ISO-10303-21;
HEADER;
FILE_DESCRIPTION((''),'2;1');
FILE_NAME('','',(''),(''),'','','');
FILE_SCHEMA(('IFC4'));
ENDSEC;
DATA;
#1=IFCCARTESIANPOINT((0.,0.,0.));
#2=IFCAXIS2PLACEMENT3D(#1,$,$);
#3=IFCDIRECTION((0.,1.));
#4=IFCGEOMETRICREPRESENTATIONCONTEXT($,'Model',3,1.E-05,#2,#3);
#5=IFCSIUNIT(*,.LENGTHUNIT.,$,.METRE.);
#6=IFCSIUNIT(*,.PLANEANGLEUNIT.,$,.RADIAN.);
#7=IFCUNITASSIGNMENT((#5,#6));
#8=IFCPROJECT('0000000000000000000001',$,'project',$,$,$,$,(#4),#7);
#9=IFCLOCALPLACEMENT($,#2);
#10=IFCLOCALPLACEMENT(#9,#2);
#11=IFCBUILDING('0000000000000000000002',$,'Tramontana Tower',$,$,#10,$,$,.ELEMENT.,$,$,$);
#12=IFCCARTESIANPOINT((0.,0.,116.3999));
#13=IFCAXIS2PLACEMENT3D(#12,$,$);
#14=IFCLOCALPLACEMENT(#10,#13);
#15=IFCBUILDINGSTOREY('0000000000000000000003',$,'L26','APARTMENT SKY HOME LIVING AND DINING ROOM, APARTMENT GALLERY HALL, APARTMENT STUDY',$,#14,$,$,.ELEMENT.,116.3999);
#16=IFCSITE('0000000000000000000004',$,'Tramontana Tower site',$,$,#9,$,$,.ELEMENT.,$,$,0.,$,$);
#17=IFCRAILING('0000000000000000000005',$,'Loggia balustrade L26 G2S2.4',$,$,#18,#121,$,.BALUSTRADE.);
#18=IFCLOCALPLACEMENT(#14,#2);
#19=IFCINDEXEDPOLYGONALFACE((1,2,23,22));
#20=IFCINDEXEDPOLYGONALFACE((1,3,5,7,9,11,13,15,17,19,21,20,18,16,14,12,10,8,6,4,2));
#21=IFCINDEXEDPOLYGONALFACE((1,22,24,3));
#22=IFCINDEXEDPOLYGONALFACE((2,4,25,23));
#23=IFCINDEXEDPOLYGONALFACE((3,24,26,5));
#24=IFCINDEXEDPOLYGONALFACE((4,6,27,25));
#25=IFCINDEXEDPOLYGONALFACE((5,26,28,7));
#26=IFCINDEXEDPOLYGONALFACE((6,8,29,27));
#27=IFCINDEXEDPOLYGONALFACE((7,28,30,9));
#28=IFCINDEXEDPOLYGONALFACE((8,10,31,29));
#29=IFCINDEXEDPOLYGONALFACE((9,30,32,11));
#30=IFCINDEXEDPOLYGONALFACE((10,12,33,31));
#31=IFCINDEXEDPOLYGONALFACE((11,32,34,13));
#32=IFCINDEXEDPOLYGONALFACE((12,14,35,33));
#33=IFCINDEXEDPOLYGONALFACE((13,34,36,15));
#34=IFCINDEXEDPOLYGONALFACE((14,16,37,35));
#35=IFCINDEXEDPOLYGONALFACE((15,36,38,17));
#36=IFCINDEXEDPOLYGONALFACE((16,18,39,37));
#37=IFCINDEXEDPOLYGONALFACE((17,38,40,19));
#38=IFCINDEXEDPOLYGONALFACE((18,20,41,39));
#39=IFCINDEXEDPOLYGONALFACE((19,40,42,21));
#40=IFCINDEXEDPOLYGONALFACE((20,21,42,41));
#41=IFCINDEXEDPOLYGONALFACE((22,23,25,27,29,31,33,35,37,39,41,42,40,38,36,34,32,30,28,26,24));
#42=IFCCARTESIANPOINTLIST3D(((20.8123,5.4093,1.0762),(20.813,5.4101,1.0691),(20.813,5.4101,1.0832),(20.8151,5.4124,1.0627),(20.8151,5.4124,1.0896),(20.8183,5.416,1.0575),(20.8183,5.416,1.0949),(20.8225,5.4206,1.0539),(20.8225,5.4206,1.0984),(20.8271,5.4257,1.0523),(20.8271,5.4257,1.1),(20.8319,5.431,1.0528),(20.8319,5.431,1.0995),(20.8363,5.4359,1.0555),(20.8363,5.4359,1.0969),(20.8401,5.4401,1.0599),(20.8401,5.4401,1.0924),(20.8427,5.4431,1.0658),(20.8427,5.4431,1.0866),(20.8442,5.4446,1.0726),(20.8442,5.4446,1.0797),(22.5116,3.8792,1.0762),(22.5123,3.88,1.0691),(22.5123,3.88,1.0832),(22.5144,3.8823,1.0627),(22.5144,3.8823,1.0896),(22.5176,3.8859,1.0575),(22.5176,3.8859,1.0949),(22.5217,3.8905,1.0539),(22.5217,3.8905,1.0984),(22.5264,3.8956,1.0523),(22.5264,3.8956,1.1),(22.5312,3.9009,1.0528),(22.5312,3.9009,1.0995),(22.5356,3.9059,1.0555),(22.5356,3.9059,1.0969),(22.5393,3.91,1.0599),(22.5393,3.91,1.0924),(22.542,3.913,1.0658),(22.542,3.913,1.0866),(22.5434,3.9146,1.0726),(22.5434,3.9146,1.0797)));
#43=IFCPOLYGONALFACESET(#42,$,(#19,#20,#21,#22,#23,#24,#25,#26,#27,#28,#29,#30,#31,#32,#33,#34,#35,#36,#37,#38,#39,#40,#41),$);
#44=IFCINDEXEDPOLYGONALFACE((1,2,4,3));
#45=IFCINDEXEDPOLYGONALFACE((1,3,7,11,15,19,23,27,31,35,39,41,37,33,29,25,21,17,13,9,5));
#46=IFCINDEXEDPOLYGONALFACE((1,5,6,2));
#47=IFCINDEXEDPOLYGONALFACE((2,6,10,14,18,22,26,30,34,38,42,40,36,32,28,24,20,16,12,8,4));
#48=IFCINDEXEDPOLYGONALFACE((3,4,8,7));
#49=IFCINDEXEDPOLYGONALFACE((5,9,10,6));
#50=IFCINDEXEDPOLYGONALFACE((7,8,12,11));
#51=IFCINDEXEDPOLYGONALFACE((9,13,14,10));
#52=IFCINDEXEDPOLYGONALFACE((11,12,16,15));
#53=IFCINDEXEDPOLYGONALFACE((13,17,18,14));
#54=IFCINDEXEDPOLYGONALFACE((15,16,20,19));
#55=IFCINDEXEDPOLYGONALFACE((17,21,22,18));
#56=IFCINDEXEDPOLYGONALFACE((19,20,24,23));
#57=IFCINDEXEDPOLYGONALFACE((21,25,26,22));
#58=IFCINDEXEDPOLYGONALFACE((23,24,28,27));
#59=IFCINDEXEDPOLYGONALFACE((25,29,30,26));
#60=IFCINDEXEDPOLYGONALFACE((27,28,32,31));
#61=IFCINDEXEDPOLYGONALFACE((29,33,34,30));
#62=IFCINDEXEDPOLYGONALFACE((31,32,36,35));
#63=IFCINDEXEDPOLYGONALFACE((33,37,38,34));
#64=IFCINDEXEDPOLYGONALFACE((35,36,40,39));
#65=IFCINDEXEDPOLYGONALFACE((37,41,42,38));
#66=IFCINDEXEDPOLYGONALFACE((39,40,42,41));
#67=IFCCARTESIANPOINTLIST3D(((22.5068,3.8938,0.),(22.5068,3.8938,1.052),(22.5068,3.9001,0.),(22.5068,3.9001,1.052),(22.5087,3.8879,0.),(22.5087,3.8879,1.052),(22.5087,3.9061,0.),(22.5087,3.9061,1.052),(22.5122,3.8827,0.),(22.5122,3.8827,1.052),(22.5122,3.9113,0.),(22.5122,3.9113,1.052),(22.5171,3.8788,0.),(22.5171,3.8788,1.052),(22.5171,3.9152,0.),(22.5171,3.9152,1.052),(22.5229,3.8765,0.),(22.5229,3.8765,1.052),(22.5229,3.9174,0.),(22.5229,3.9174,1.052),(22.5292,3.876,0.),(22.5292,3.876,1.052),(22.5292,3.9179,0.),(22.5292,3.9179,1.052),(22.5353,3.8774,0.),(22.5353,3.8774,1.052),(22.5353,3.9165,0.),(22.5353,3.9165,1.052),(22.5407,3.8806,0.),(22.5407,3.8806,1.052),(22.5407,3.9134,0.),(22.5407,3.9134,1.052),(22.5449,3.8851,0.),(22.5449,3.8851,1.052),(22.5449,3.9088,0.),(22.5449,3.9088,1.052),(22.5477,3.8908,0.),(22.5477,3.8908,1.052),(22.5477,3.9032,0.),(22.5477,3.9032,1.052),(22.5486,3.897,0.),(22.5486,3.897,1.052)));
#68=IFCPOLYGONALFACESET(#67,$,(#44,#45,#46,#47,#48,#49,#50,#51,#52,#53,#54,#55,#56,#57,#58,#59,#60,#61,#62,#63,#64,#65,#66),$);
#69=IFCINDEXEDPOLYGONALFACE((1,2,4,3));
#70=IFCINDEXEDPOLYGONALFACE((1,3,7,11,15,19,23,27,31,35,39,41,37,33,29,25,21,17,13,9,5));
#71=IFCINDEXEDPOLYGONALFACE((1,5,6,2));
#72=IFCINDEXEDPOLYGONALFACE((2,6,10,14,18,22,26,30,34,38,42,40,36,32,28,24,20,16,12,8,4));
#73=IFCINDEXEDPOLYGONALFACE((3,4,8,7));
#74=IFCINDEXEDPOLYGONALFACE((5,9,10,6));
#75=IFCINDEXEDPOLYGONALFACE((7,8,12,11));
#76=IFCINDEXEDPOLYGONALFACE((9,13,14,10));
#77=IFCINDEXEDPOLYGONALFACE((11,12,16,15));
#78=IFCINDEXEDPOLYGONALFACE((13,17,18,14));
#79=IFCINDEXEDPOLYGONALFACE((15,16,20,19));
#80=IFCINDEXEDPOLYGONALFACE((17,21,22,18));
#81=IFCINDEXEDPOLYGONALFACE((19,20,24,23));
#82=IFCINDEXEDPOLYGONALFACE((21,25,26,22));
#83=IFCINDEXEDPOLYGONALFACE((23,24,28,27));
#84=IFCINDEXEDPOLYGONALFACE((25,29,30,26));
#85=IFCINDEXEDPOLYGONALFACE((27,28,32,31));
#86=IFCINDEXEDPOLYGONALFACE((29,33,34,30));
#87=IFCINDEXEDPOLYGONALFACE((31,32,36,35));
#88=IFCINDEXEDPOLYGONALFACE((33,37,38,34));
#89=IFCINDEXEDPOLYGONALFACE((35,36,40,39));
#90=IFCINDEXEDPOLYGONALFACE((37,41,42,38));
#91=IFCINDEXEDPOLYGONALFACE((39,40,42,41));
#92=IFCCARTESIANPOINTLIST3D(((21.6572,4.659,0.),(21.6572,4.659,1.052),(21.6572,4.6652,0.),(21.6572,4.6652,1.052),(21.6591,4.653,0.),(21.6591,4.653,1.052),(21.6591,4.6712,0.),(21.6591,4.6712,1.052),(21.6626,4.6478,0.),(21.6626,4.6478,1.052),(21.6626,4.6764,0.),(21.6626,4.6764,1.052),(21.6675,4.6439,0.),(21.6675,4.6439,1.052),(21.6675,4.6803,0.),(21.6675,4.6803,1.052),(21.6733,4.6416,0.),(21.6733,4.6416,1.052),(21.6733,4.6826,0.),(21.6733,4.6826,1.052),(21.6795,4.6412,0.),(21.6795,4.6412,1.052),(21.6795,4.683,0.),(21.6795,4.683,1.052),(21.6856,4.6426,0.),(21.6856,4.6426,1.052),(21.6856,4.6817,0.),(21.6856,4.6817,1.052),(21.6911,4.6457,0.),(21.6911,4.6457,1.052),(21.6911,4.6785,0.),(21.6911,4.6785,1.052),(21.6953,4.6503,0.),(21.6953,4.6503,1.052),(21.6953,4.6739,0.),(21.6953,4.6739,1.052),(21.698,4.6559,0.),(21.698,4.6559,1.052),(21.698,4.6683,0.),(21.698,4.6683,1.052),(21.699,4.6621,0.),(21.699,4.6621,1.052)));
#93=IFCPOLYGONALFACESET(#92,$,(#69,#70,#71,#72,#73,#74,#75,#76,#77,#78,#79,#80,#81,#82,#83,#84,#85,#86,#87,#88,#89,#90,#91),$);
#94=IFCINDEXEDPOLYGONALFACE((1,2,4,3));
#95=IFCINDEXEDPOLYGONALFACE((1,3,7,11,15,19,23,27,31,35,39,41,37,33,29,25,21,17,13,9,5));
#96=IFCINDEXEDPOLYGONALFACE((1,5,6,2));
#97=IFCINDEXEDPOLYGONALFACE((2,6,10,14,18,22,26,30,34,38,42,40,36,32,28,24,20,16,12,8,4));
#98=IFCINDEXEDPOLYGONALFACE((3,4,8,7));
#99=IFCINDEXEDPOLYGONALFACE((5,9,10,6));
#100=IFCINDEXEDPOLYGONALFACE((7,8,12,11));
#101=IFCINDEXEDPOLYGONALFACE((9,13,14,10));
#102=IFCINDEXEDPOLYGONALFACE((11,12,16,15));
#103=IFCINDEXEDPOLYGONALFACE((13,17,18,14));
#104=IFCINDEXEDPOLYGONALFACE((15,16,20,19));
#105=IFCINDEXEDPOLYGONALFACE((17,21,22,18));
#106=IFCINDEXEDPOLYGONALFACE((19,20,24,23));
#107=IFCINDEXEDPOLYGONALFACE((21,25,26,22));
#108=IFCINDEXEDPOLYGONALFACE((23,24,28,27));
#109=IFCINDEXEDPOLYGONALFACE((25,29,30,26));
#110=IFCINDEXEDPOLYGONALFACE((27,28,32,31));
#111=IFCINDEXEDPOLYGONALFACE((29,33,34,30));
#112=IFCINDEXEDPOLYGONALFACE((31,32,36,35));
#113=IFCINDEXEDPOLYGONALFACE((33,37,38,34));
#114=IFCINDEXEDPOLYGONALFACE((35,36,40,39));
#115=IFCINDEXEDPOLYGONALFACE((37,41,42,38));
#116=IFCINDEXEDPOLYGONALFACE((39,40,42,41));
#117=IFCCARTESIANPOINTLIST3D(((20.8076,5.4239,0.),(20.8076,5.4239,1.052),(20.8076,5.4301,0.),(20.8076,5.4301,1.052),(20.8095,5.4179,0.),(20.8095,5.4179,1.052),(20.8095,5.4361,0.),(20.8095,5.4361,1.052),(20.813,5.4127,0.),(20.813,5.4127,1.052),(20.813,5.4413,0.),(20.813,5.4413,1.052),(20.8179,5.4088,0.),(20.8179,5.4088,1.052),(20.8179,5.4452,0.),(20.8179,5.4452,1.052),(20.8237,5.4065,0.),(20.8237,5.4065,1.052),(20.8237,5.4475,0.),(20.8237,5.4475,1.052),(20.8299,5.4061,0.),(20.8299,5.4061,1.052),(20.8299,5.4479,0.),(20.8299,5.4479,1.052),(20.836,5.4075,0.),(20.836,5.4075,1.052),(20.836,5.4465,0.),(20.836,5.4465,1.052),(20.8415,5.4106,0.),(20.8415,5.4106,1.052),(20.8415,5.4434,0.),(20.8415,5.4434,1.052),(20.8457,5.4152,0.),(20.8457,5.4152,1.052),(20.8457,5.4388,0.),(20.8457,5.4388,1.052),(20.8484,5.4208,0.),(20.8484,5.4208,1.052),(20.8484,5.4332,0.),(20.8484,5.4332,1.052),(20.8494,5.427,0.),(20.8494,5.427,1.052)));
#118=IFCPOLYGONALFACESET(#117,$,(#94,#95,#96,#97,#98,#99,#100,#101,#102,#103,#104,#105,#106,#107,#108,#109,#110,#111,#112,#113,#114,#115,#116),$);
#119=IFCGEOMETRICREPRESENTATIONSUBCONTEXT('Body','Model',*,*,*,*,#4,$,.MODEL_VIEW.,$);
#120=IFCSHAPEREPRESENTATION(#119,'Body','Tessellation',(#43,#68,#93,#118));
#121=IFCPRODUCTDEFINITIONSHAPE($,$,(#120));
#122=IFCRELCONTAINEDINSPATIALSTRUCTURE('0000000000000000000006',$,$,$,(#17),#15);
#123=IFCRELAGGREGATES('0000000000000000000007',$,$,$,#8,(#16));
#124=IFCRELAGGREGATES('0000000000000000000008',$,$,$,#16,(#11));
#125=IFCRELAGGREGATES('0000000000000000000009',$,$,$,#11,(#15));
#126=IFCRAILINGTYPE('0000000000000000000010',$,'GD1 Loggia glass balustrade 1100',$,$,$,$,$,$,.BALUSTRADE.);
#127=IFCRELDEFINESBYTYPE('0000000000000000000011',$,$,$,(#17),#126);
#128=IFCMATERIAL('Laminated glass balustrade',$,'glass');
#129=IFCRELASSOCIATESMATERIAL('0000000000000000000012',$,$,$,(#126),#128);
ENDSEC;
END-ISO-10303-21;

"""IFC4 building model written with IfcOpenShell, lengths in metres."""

from ifc_helpers import new_model, si_unit, direction, frame, origin, origin_2d, place, context, subcontext, project, spatial, circle, extrude, material, type_object, element, save


model = new_model("IFC4")

# Units and contexts
model_context = context("Model", 3, precision=1e-05, world=origin(), true_north=direction((0.0, 1.0)))
body_context = subcontext(model_context, "Body", "Model", "MODEL_VIEW")
ifc_project = project(units=[si_unit("LENGTHUNIT", "METRE"), si_unit("PLANEANGLEUNIT", "RADIAN")], contexts=[model_context])

# Site, building, storey
site_placement = place(None, origin())
site = spatial("IfcSite", under=ifc_project, at=site_placement, Name="Tramontana Tower site", CompositionType="ELEMENT", RefElevation=0.0)
building_placement = place(site_placement, origin())
building = spatial("IfcBuilding", under=site, at=building_placement, Name="Tramontana Tower", CompositionType="ELEMENT")
storey_placement = place(building_placement, frame((0.0, 0.0, 116.3999)))
storey = spatial("IfcBuildingStorey", under=building, at=storey_placement, Name="L26", Description="APARTMENT SKY HOME LIVING AND DINING ROOM, APARTMENT GALLERY HALL, APARTMENT STUDY", CompositionType="ELEMENT", Elevation=116.3999)

# Railing
ifc_material_1 = material(Name="Laminated glass balustrade", Category="glass")
railing_type = type_object("IfcRailingType", Name="GD1 Loggia glass balustrade 1100", PredefinedType="BALUSTRADE", material=ifc_material_1)
railing_placement = place(storey_placement, frame((22.5276, 3.897, 0.0)))
element("IfcRailing", 1, at=railing_placement, inside=storey, type_object=railing_type, Name="Loggia balustrade L26 G2S2.4", PredefinedType="BALUSTRADE", context=body_context, shape_type="SweptSolid", body=[
    extrude(circle(Radius=0.0239, at=origin_2d()), frame((0.0, 0.0, 1.0762), z_axis=(-0.743135, 0.669142, 0.0), x_axis=(-0.669142, -0.743135, 0.0)), (0.0, 0.0, 1.0), 2.2866),
    extrude(circle(Radius=0.021, at=origin_2d()), origin(), (0.0, 0.0, 1.0), 1.052),
    extrude(circle(Radius=0.021, at=origin_2d()), frame((-0.8496, 0.7651, 0.0)), (0.0, 0.0, 1.0), 1.052),
    extrude(circle(Radius=0.021, at=origin_2d()), frame((-1.6992, 1.53, 0.0)), (0.0, 0.0, 1.0), 1.052),
])

save(model, "model.ifc")
